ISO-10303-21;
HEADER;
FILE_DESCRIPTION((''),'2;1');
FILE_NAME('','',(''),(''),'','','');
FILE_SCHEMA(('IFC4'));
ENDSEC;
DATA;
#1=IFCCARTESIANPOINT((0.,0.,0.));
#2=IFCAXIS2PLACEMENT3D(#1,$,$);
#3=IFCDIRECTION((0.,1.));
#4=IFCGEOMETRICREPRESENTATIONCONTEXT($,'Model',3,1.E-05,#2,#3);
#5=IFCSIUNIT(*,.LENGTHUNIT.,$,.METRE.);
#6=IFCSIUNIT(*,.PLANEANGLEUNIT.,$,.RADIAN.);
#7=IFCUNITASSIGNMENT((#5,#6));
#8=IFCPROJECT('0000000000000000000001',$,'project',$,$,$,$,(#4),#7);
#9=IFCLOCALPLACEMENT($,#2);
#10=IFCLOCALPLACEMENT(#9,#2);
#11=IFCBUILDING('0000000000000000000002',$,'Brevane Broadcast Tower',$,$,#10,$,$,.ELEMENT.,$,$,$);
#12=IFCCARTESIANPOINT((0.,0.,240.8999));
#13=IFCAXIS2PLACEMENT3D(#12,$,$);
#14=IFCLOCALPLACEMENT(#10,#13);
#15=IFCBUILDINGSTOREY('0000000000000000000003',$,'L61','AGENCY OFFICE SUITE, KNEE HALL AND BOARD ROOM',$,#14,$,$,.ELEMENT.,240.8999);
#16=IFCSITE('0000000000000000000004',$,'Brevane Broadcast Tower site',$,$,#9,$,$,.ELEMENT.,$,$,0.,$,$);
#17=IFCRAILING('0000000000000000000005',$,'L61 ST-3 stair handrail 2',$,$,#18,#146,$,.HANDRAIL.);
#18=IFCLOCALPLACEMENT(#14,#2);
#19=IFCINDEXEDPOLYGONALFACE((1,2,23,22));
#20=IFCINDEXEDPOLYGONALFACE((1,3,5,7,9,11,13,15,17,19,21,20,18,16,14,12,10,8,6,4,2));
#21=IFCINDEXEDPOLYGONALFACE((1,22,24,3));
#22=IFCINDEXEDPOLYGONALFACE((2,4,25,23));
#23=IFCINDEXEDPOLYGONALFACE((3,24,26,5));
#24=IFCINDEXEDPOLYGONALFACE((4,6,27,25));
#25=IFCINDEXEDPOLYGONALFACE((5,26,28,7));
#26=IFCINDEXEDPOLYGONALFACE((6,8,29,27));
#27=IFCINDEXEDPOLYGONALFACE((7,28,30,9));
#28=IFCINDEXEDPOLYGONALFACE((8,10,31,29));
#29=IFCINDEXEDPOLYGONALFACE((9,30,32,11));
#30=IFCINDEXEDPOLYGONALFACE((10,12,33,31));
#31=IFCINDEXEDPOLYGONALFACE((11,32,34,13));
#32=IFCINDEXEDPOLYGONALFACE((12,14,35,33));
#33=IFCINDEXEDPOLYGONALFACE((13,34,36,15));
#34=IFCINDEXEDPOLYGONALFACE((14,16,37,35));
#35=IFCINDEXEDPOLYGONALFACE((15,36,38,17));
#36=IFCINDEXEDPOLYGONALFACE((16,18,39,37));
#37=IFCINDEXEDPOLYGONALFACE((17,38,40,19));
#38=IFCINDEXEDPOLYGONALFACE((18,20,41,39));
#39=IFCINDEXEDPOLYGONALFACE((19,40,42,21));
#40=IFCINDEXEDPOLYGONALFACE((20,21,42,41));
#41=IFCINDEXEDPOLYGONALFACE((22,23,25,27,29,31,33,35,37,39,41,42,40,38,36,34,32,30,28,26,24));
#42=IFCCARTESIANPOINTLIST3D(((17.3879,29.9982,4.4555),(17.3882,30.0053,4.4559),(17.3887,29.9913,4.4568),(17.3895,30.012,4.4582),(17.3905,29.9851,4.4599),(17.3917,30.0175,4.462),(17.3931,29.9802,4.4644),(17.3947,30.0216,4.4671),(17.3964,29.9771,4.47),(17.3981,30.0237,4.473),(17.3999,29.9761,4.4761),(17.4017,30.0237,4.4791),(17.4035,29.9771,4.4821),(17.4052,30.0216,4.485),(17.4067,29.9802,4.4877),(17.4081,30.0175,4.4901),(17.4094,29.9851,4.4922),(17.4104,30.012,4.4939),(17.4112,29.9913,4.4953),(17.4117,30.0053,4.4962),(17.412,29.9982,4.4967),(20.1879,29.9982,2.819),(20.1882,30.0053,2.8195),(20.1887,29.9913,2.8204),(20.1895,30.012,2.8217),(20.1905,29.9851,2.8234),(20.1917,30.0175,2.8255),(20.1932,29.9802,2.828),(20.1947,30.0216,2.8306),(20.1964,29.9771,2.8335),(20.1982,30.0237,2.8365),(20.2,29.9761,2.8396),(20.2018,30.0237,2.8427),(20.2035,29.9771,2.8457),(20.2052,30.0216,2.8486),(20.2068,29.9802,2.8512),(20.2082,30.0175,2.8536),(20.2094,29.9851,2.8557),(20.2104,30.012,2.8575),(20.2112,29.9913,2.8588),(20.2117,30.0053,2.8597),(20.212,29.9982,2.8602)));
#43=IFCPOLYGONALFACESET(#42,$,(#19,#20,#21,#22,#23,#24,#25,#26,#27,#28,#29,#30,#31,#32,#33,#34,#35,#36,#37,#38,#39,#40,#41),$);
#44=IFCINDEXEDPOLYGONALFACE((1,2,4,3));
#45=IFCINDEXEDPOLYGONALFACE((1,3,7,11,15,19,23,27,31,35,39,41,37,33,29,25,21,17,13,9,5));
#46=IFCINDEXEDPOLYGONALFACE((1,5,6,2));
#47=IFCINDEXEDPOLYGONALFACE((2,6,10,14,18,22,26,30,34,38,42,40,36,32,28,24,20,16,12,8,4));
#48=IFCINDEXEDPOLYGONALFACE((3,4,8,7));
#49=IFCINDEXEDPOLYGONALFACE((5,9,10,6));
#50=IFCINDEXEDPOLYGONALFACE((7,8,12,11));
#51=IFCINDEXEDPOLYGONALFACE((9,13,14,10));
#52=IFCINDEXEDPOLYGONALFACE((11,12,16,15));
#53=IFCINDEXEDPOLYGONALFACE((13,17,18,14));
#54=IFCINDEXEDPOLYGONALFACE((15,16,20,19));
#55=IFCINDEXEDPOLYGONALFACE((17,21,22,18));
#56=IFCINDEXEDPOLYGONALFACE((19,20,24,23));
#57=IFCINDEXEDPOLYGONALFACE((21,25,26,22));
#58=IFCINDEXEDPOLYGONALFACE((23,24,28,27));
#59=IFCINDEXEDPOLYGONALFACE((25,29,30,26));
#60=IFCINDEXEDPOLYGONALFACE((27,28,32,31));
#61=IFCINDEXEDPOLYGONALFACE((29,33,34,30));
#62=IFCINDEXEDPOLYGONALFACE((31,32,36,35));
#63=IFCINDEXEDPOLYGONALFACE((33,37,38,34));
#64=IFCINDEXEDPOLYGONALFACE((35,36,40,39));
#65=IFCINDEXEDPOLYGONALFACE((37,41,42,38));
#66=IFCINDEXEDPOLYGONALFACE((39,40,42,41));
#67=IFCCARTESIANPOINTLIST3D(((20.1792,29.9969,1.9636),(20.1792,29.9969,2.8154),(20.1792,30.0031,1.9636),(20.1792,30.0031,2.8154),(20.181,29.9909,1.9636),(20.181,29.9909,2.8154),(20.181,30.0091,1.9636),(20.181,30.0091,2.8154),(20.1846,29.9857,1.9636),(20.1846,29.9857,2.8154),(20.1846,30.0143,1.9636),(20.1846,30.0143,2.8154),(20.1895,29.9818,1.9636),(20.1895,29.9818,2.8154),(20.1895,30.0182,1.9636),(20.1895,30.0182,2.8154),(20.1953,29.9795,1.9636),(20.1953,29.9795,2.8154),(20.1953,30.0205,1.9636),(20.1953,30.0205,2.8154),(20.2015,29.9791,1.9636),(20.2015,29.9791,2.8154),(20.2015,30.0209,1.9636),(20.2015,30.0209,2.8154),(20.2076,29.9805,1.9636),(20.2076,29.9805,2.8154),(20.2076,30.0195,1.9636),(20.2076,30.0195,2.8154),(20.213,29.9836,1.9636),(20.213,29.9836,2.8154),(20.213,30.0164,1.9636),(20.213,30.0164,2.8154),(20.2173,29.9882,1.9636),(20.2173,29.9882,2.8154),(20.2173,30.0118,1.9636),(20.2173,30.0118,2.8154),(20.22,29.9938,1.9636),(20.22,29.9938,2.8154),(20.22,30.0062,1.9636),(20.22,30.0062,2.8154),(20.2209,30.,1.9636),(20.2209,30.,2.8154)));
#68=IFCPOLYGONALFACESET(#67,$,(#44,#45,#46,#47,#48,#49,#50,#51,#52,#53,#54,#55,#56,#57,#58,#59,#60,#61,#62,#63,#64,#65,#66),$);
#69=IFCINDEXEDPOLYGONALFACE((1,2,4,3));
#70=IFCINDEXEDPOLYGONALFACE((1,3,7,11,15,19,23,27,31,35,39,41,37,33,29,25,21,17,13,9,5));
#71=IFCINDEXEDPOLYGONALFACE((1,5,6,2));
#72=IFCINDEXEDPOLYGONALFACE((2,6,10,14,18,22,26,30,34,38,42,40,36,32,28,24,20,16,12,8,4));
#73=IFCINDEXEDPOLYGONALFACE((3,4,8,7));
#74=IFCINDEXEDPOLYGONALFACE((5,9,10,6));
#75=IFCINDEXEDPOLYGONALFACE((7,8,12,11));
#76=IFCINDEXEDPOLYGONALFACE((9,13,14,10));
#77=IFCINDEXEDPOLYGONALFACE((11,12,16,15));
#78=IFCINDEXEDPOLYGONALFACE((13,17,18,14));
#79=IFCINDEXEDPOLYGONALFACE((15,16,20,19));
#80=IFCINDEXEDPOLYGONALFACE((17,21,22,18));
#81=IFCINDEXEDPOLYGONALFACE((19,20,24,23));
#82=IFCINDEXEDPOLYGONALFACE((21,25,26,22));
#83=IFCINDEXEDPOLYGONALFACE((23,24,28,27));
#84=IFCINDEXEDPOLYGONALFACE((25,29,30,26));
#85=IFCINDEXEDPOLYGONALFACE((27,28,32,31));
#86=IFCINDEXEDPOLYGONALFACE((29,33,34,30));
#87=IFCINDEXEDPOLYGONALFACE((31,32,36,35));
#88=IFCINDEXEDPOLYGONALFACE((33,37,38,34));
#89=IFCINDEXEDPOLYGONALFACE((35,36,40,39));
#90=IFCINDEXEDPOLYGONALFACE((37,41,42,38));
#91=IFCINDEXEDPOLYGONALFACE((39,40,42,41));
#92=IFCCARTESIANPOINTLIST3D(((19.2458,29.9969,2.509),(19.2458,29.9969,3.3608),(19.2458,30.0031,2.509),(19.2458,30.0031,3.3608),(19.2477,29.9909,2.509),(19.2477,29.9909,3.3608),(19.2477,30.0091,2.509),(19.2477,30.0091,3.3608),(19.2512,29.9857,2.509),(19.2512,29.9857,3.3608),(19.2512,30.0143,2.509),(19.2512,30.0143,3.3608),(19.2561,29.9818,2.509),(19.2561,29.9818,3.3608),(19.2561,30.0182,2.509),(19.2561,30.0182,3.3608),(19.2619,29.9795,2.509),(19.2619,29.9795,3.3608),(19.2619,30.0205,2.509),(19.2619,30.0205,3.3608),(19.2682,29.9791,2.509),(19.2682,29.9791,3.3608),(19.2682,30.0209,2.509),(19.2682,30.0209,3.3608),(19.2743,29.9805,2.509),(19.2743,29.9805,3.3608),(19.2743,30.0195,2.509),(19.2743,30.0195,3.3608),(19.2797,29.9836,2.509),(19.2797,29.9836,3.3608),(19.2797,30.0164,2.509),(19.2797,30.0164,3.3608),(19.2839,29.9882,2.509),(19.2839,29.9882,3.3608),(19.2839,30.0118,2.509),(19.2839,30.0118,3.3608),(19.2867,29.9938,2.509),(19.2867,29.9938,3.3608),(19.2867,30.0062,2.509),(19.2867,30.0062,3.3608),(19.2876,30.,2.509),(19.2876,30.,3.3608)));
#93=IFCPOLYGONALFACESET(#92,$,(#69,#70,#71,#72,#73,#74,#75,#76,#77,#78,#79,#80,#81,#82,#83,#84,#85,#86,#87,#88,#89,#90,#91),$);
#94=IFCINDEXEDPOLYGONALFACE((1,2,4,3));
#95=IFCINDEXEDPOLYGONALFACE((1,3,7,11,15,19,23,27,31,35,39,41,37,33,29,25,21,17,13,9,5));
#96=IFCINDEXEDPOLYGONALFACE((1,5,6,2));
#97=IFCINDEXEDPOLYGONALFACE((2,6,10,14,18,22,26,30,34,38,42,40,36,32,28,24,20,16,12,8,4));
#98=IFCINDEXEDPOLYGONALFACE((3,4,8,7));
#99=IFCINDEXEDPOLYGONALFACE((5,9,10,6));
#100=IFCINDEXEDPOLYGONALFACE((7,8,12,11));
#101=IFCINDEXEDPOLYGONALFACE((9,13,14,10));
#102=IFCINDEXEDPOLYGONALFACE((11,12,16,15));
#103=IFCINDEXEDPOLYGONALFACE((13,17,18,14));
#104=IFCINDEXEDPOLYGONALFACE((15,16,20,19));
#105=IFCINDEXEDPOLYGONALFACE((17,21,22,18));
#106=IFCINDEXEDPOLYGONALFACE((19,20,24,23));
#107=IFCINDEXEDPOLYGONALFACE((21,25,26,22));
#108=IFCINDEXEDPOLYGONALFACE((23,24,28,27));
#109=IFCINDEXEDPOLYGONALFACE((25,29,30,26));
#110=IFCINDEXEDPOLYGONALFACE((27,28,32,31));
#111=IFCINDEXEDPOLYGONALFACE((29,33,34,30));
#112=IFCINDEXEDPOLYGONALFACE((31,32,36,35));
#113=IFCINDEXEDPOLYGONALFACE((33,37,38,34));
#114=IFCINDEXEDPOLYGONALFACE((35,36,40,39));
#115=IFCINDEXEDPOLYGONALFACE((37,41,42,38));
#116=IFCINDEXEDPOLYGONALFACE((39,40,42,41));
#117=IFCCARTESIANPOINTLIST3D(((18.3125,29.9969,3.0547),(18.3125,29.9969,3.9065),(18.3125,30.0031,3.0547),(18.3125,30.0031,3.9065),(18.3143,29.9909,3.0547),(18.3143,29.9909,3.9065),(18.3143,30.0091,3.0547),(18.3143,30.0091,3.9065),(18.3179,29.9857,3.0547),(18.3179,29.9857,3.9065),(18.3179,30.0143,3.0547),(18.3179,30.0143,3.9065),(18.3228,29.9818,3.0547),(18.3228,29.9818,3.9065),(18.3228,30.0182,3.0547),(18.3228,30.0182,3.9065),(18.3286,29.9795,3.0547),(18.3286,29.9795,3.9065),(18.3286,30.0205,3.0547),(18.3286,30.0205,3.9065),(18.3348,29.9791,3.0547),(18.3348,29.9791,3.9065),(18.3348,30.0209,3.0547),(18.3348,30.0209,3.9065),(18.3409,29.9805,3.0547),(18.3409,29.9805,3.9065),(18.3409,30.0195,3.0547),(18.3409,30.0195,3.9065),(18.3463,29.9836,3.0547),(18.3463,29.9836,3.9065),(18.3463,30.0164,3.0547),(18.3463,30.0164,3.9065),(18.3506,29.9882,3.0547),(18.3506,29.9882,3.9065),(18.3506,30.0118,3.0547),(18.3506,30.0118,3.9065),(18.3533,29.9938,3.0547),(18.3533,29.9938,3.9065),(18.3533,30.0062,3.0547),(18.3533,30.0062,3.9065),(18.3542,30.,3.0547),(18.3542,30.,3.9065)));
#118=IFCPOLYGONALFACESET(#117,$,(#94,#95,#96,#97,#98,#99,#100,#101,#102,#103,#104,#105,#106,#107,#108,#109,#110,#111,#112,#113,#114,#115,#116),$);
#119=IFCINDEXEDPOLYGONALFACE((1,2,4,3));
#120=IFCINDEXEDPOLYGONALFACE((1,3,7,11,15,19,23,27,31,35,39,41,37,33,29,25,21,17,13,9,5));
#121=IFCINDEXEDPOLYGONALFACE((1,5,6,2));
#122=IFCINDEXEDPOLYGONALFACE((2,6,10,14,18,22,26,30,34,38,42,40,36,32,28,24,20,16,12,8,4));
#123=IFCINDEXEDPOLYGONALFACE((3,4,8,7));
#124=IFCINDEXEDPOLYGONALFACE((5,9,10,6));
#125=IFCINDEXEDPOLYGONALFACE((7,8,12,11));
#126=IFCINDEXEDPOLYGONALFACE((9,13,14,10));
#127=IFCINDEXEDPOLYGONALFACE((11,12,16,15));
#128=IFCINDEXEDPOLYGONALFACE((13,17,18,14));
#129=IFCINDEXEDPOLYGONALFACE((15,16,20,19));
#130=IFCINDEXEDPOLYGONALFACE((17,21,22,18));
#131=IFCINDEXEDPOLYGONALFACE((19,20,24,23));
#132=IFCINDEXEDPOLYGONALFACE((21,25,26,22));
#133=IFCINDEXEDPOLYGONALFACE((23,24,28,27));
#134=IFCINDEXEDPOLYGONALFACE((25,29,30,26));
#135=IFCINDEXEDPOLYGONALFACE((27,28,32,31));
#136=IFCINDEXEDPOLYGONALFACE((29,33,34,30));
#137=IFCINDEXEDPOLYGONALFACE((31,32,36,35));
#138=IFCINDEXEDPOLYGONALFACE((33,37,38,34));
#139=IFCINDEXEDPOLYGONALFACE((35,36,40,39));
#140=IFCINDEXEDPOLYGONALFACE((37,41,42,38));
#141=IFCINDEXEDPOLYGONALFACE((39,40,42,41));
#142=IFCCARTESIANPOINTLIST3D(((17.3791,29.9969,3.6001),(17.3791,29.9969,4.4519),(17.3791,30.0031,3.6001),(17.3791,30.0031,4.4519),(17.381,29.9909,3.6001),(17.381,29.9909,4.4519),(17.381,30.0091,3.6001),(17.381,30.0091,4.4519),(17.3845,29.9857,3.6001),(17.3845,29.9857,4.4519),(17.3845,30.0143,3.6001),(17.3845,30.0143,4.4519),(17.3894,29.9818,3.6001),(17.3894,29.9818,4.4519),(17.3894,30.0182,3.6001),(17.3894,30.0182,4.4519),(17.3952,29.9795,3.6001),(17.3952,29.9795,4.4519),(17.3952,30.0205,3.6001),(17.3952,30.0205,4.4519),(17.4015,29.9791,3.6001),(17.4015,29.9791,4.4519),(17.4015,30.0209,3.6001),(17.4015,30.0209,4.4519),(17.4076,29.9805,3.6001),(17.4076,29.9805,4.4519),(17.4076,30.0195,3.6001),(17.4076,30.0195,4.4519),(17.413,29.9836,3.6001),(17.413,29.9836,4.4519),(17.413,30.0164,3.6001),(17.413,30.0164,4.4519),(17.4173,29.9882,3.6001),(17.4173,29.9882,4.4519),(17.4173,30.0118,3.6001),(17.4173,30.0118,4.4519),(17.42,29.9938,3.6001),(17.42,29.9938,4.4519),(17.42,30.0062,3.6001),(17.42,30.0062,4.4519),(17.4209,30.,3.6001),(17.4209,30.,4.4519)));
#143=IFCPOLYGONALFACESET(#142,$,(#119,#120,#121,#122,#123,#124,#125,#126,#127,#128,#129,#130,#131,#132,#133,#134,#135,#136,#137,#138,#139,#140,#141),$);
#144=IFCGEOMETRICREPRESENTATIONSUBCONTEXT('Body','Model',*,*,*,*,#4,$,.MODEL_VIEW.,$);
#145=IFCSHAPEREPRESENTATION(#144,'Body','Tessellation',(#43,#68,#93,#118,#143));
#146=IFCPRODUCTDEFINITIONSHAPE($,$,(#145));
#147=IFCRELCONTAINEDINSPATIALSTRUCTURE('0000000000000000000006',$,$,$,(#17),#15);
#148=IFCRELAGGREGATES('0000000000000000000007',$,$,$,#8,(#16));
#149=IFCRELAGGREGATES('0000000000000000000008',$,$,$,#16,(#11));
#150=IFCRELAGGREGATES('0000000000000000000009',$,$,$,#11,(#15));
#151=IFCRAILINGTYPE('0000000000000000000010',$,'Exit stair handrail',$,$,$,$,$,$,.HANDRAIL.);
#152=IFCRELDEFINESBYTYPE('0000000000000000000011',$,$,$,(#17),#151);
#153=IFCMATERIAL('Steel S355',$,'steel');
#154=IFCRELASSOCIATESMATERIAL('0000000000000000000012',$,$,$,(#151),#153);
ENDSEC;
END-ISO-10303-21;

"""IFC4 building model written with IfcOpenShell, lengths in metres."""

from ifc_helpers import new_model, si_unit, direction, frame, origin, origin_2d, place, context, subcontext, project, spatial, circle, extrude, material, type_object, element, save


model = new_model("IFC4")

# Units and contexts
model_context = context("Model", 3, precision=1e-05, world=origin(), true_north=direction((0.0, 1.0)))
body_context = subcontext(model_context, "Body", "Model", "MODEL_VIEW")
ifc_project = project(units=[si_unit("LENGTHUNIT", "METRE"), si_unit("PLANEANGLEUNIT", "RADIAN")], contexts=[model_context])

# Site, building, storey
site_placement = place(None, origin())
site = spatial("IfcSite", under=ifc_project, at=site_placement, Name="Brevane Broadcast Tower site", CompositionType="ELEMENT", RefElevation=0.0)
building_placement = place(site_placement, origin())
building = spatial("IfcBuilding", under=site, at=building_placement, Name="Brevane Broadcast Tower", CompositionType="ELEMENT")
storey_placement = place(building_placement, frame((0.0, 0.0, 240.8999)))
storey = spatial("IfcBuildingStorey", under=building, at=storey_placement, Name="L61", Description="AGENCY OFFICE SUITE, KNEE HALL AND BOARD ROOM", CompositionType="ELEMENT", Elevation=240.8999)

# Railing
ifc_material_1 = material(Name="Steel S355", Category="steel")
railing_type_1 = type_object("IfcRailingType", Name="Exit stair handrail", PredefinedType="HANDRAIL", material=ifc_material_1)
railing_1_placement = place(storey_placement, frame((20.2, 30.0, 1.9636)))
element("IfcRailing", 1, at=railing_1_placement, inside=storey, type_object=railing_type_1, Name="L61 ST-3 stair handrail 2", PredefinedType="HANDRAIL", context=body_context, shape_type="SweptSolid", body=[
    extrude(circle(Radius=0.0239, at=origin_2d()), frame((0.0, 0.0, 0.876), z_axis=(-0.863361, 0.0, 0.504587), x_axis=(0.0, -1.0, 0.0)), (0.0, 0.0, 1.0), 3.2432),
    extrude(circle(Radius=0.021, at=origin_2d()), origin(), (0.0, 0.0, 1.0), 0.8518),
    extrude(circle(Radius=0.021, at=origin_2d()), frame((-0.9333, 0.0, 0.5454)), (0.0, 0.0, 1.0), 0.8518),
    extrude(circle(Radius=0.021, at=origin_2d()), frame((-1.8667, 0.0, 1.0911)), (0.0, 0.0, 1.0), 0.8518),
    extrude(circle(Radius=0.021, at=origin_2d()), frame((-2.8, 0.0, 1.6365)), (0.0, 0.0, 1.0), 0.8518),
])

save(model, "model.ifc")
